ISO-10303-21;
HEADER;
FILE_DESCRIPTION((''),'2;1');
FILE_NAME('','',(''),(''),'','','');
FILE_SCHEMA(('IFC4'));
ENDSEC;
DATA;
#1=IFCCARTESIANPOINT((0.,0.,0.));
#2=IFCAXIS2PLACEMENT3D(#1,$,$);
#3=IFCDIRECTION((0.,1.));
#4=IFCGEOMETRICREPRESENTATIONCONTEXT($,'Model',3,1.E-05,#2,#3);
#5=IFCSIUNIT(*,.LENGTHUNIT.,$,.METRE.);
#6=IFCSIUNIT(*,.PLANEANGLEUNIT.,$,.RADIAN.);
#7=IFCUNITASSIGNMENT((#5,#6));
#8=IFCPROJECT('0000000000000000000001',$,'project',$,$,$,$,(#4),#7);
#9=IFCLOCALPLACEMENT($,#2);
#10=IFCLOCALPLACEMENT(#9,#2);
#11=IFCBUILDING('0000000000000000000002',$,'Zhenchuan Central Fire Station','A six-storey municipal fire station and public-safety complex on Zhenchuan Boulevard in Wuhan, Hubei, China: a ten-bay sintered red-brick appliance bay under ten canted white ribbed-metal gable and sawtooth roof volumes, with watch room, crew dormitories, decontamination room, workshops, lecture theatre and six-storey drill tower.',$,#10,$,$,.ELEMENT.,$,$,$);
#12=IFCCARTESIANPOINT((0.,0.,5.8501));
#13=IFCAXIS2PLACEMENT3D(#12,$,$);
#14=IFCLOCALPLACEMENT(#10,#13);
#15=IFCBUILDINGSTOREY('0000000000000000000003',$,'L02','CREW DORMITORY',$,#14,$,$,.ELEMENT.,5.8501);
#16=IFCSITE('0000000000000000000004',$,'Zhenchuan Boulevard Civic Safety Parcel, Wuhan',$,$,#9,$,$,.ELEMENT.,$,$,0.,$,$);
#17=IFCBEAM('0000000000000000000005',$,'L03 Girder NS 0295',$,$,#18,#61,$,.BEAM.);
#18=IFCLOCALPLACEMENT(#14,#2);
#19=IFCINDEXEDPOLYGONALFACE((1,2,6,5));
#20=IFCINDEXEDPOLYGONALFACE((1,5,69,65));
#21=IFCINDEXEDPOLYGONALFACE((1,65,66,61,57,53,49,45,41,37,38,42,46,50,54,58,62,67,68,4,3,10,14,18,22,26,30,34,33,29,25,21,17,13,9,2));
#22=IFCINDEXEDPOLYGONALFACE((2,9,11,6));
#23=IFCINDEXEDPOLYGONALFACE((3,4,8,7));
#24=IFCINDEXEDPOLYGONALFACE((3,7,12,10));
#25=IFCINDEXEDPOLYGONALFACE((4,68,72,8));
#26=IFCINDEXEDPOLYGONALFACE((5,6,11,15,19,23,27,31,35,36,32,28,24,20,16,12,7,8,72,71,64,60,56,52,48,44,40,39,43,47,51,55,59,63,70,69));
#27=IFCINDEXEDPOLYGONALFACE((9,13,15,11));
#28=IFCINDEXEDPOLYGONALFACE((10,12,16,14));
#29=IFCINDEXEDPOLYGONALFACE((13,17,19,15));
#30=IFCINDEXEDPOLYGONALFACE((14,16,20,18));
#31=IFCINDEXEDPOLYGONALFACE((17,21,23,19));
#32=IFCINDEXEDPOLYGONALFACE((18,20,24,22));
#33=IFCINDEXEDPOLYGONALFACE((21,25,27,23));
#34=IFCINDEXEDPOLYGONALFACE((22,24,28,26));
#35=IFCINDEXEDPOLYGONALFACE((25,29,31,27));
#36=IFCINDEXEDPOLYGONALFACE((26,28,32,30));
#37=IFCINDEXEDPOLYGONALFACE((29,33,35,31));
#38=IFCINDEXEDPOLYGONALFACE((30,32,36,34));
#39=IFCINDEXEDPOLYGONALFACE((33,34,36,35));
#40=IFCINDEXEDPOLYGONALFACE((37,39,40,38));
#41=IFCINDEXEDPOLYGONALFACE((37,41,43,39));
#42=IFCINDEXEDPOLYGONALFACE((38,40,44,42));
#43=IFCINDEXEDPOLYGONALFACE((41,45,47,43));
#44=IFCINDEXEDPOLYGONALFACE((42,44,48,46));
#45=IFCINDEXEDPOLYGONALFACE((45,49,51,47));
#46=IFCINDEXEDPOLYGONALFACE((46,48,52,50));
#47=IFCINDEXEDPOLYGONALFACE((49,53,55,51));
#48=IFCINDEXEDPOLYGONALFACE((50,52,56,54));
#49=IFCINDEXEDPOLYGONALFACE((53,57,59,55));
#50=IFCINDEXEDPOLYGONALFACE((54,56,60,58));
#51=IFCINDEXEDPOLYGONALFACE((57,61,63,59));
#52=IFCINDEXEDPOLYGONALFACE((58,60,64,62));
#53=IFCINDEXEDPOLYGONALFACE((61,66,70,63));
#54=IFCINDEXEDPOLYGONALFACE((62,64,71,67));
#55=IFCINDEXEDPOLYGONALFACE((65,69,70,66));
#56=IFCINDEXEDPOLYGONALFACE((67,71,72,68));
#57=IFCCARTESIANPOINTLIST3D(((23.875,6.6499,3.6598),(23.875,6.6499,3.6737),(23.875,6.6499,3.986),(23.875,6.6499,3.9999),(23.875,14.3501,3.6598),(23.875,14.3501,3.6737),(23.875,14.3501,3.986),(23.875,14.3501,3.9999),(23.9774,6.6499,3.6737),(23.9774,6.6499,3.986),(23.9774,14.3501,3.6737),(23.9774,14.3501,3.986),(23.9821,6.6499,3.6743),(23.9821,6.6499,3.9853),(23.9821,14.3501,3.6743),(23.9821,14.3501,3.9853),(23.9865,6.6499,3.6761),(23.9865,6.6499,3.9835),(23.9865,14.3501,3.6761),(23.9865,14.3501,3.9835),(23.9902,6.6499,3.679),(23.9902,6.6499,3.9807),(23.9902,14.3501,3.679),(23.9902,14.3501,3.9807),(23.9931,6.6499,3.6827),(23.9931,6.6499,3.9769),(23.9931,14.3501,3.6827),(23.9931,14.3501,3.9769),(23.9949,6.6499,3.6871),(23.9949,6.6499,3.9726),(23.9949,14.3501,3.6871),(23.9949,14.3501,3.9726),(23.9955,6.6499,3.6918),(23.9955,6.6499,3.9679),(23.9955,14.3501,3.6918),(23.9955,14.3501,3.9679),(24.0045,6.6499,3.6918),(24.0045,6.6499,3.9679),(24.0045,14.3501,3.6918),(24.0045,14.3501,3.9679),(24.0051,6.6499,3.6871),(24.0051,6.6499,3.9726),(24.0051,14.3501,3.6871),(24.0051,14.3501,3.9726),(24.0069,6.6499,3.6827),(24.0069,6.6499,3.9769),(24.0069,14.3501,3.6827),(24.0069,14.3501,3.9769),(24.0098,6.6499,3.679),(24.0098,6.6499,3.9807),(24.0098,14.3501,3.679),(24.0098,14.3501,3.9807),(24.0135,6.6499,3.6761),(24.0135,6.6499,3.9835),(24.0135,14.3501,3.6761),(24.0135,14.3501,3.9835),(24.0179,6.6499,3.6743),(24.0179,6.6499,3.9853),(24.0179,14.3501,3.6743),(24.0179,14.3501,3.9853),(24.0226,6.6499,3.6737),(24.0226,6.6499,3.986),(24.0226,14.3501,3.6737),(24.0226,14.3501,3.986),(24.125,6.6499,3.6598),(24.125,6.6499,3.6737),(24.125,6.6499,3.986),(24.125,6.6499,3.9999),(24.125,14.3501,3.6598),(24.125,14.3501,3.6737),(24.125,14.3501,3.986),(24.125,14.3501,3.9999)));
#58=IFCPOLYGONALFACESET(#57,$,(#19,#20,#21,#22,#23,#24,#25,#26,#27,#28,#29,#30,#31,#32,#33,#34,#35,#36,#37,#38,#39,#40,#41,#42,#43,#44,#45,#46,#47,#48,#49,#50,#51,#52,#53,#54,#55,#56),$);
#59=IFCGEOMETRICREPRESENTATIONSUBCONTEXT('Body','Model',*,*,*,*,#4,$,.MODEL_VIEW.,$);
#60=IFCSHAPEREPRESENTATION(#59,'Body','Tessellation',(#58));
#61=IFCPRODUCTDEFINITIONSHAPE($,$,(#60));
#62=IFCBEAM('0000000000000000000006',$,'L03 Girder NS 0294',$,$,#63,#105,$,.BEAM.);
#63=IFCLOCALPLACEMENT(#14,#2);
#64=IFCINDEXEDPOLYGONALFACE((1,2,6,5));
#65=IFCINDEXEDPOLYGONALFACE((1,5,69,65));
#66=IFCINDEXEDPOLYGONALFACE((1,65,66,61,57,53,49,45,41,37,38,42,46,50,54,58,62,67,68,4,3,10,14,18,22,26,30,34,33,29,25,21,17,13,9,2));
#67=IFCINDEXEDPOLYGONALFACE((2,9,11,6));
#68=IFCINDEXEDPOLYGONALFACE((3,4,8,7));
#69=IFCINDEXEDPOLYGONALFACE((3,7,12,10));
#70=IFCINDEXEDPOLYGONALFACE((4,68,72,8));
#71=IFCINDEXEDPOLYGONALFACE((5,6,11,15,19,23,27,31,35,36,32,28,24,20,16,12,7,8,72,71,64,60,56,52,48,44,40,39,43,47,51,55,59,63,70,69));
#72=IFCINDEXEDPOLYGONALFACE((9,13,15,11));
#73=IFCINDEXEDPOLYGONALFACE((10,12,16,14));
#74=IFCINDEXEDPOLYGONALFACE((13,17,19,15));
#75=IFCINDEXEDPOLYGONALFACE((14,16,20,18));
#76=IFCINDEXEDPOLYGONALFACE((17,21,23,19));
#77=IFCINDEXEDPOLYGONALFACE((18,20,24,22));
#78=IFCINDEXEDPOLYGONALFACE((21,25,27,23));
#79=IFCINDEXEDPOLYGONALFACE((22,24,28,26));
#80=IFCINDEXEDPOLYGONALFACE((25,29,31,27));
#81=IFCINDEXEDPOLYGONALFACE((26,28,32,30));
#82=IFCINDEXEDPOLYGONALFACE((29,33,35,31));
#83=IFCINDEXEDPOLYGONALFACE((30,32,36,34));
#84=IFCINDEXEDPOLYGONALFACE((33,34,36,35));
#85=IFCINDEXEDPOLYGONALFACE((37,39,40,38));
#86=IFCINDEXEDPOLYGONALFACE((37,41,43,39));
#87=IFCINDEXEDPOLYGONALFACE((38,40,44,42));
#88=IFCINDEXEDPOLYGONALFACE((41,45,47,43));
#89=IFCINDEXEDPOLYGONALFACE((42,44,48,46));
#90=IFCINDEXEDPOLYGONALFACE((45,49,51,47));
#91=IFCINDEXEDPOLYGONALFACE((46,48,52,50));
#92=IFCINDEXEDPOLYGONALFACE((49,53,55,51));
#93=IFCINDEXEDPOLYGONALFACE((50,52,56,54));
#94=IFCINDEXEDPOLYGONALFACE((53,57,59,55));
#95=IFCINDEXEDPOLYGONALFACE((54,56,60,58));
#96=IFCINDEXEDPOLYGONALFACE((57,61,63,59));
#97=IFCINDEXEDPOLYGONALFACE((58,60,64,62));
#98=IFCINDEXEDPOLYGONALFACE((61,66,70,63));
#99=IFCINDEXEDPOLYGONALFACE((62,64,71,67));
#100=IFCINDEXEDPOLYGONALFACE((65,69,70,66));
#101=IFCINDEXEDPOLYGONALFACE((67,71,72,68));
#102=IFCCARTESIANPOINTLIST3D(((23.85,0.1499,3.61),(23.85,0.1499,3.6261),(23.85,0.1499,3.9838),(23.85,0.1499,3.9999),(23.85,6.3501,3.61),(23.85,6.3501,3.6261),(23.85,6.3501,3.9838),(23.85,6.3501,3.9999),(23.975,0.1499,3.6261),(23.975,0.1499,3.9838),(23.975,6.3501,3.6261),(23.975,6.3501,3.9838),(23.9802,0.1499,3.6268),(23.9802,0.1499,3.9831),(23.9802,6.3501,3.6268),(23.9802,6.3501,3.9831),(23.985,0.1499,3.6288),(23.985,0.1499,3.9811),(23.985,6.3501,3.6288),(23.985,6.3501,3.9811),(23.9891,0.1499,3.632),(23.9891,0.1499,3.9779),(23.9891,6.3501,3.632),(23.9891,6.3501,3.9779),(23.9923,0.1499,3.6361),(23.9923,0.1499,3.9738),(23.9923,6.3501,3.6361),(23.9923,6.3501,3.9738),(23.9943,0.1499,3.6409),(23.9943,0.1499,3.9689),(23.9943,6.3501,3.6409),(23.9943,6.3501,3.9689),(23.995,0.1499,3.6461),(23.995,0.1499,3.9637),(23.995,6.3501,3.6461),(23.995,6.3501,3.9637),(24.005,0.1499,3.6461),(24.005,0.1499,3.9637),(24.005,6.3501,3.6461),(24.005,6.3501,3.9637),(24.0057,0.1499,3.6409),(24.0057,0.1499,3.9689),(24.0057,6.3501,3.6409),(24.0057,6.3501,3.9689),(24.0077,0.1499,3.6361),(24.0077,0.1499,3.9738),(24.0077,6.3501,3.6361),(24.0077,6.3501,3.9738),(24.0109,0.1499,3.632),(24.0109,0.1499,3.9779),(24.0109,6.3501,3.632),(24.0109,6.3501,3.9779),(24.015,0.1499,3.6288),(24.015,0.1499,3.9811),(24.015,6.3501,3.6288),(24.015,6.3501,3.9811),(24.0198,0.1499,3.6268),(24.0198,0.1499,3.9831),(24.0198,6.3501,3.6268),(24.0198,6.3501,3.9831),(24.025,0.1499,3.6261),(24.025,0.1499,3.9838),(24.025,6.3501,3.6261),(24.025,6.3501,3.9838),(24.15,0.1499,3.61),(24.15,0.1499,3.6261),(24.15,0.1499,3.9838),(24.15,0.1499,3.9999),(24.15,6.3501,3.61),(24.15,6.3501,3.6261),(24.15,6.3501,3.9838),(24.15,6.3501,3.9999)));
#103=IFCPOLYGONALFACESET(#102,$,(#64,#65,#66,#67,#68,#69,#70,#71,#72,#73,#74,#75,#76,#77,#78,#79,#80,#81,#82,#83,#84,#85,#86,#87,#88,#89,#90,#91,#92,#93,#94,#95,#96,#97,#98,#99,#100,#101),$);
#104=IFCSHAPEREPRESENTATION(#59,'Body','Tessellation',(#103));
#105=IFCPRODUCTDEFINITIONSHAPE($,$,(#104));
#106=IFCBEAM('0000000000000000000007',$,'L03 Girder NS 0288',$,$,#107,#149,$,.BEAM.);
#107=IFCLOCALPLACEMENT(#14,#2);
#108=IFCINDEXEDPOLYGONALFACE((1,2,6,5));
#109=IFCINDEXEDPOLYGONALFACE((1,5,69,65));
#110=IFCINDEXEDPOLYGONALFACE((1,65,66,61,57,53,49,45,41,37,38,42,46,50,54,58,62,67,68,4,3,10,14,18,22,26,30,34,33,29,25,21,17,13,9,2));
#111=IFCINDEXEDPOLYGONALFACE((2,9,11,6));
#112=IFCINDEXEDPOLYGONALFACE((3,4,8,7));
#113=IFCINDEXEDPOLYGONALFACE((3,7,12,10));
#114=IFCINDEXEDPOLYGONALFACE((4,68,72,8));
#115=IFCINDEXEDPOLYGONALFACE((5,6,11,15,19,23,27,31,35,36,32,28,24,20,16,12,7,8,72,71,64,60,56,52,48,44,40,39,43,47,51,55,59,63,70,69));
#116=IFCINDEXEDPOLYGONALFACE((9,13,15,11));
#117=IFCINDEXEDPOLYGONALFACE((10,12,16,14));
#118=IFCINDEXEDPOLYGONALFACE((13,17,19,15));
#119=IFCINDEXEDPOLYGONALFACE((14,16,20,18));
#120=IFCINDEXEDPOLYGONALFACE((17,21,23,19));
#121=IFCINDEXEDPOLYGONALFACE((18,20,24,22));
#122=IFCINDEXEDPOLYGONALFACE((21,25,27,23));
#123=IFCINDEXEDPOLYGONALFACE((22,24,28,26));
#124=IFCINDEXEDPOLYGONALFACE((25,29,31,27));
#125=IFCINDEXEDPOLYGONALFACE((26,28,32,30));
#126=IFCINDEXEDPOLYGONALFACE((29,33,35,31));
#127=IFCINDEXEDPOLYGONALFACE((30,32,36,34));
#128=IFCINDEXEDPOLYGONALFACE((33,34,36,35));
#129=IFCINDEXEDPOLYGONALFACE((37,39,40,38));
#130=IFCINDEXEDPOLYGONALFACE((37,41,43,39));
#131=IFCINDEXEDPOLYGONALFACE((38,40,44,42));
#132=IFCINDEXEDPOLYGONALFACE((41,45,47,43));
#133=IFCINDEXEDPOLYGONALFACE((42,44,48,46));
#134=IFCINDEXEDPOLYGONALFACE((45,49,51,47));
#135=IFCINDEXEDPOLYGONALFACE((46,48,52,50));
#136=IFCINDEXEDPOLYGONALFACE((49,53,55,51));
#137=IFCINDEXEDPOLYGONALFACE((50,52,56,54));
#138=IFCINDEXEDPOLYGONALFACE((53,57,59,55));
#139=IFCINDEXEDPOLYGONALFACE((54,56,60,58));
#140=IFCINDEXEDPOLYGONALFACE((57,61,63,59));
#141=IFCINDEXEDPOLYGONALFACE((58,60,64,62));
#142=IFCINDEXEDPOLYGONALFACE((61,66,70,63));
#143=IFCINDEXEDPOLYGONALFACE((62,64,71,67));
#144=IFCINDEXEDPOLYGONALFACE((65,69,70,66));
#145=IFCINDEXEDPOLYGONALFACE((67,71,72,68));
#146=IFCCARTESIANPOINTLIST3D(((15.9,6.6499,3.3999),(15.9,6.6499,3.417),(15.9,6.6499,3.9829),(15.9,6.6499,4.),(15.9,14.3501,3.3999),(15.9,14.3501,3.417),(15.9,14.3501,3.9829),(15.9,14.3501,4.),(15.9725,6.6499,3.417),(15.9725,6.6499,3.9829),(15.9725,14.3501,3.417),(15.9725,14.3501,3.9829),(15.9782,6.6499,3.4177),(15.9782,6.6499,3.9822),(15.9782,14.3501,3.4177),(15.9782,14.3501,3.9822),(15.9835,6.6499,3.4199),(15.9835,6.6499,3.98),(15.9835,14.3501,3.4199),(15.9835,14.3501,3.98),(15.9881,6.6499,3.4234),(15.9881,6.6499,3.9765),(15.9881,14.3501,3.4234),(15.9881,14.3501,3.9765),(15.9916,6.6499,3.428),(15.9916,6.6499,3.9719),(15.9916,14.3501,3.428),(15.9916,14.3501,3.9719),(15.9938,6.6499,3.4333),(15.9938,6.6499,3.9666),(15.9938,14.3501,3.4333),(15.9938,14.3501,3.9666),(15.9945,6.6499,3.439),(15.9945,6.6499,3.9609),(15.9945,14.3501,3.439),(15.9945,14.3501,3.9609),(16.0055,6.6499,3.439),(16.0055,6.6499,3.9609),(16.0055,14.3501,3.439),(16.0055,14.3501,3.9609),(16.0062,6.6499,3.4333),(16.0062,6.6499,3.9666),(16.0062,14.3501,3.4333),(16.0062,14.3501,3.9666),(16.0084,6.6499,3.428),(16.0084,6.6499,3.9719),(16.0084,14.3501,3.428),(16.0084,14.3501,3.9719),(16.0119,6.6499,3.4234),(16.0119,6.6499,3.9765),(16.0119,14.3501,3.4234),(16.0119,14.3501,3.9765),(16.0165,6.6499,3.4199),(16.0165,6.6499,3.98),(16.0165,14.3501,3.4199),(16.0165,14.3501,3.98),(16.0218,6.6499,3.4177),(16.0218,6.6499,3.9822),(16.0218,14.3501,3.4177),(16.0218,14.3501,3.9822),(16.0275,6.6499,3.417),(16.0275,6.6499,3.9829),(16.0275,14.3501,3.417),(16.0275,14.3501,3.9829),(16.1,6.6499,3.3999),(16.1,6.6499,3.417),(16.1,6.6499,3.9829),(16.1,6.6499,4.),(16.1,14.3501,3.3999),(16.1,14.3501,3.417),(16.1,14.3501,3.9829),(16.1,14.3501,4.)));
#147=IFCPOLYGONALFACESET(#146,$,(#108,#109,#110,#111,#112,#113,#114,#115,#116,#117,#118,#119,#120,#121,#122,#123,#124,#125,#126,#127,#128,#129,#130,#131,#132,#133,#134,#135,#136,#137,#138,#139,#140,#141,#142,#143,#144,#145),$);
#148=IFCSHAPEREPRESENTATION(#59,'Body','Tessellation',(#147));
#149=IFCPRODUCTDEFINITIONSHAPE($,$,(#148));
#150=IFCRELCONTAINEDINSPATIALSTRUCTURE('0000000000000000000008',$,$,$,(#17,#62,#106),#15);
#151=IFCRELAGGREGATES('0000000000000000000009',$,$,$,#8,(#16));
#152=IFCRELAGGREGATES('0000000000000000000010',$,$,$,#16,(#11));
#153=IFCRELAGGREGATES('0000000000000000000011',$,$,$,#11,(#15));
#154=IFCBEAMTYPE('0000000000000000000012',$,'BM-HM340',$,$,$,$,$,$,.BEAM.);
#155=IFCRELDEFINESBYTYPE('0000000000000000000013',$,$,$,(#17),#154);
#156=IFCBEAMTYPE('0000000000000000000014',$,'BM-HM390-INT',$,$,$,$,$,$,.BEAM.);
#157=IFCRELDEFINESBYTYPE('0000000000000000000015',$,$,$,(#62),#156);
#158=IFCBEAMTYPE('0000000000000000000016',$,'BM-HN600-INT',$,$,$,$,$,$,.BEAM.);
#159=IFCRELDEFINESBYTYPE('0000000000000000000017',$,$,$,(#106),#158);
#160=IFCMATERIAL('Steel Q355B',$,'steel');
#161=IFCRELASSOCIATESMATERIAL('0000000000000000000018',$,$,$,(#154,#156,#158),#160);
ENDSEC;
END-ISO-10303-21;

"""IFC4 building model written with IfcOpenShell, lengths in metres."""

from ifc_helpers import new_model, si_unit, direction, frame, origin, origin_2d, place, context, subcontext, project, spatial, i_section, extrude, material, material_profile, profile_set, type_object, element, save


model = new_model("IFC4")

# Units and contexts
model_context = context("Model", 3, precision=1e-05, world=origin(), true_north=direction((0.0, 1.0)))
body_context = subcontext(model_context, "Body", "Model", "MODEL_VIEW")
ifc_project = project(units=[si_unit("LENGTHUNIT", "METRE"), si_unit("PLANEANGLEUNIT", "RADIAN")], contexts=[model_context])

# Site, building, storey
site_placement = place(None, origin())
site = spatial("IfcSite", under=ifc_project, at=site_placement, Name="Zhenchuan Boulevard Civic Safety Parcel, Wuhan", CompositionType="ELEMENT", RefElevation=0.0)
building_placement = place(site_placement, origin())
building = spatial("IfcBuilding", under=site, at=building_placement, Name="Zhenchuan Central Fire Station", Description="A six-storey municipal fire station and public-safety complex on Zhenchuan Boulevard in Wuhan, Hubei, China: a ten-bay sintered red-brick appliance bay under ten canted white ribbed-metal gable and sawtooth roof volumes, with watch room, crew dormitories, decontamination room, workshops, lecture theatre and six-storey drill tower.", CompositionType="ELEMENT")
storey_placement = place(building_placement, frame((0.0, 0.0, 5.8501)))
storey = spatial("IfcBuildingStorey", under=building, at=storey_placement, Name="L02", Description="CREW DORMITORY", CompositionType="ELEMENT", Elevation=5.8501)

# Shared definitions
ifc_material_1 = material(Name="Steel Q355B", Category="steel")

# Beams
ifc_material_profile_1 = material_profile(ifc_material_1, i_section(OverallWidth=0.25, OverallDepth=0.3401, WebThickness=0.009, FlangeThickness=0.0139, FilletRadius=0.0181, at=origin_2d()), Name="HM 340x250")
ifc_profile_set_1 = profile_set([ifc_material_profile_1], Name="Steel Q355B")
beam_type_1 = type_object("IfcBeamType", Name="BM-HM340", PredefinedType="BEAM", material=ifc_profile_set_1)
beam_1_placement = place(storey_placement, frame((24.0, 6.6499, 3.8298), z_axis=(0.0, 1.0, 0.0), x_axis=(-1.0, 0.0, 0.0)))
element("IfcBeam", 1, at=beam_1_placement, inside=storey, type_object=beam_type_1, Name="L03 Girder NS 0295", PredefinedType="BEAM", context=body_context, shape_type="SweptSolid", body=[
    extrude(i_section(OverallWidth=0.25, OverallDepth=0.3401, WebThickness=0.009, FlangeThickness=0.0139, FilletRadius=0.0181, at=origin_2d()), origin(), (0.0, 0.0, 1.0), 7.7002),
])
ifc_material_profile_2 = material_profile(ifc_material_1, i_section(OverallWidth=0.3, OverallDepth=0.3899, WebThickness=0.01, FlangeThickness=0.0161, FilletRadius=0.02, at=origin_2d()), Name="HM 390x300")
ifc_profile_set_2 = profile_set([ifc_material_profile_2], Name="Steel Q355B")
beam_type_2 = type_object("IfcBeamType", Name="BM-HM390-INT", PredefinedType="BEAM", material=ifc_profile_set_2)
beam_2_placement = place(storey_placement, frame((24.0, 0.1499, 3.8049), z_axis=(0.0, 1.0, 0.0), x_axis=(-1.0, 0.0, 0.0)))
element("IfcBeam", 2, at=beam_2_placement, inside=storey, type_object=beam_type_2, Name="L03 Girder NS 0294", PredefinedType="BEAM", context=body_context, shape_type="SweptSolid", body=[
    extrude(i_section(OverallWidth=0.3, OverallDepth=0.3899, WebThickness=0.01, FlangeThickness=0.0161, FilletRadius=0.02, at=origin_2d()), origin(), (0.0, 0.0, 1.0), 6.2002),
])
ifc_material_profile_3 = material_profile(ifc_material_1, i_section(OverallWidth=0.2, OverallDepth=0.6001, WebThickness=0.011, FlangeThickness=0.0171, FilletRadius=0.022, at=origin_2d()), Name="HN 600x200")
ifc_profile_set_3 = profile_set([ifc_material_profile_3], Name="Steel Q355B")
beam_type_3 = type_object("IfcBeamType", Name="BM-HN600-INT", PredefinedType="BEAM", material=ifc_profile_set_3)
beam_3_placement = place(storey_placement, frame((16.0, 6.6499, 3.7), z_axis=(0.0, 1.0, 0.0), x_axis=(-1.0, 0.0, 0.0)))
element("IfcBeam", 3, at=beam_3_placement, inside=storey, type_object=beam_type_3, Name="L03 Girder NS 0288", PredefinedType="BEAM", context=body_context, shape_type="SweptSolid", body=[
    extrude(i_section(OverallWidth=0.2, OverallDepth=0.6001, WebThickness=0.011, FlangeThickness=0.0171, FilletRadius=0.022, at=origin_2d()), origin(), (0.0, 0.0, 1.0), 7.7002),
])

save(model, "model.ifc")
